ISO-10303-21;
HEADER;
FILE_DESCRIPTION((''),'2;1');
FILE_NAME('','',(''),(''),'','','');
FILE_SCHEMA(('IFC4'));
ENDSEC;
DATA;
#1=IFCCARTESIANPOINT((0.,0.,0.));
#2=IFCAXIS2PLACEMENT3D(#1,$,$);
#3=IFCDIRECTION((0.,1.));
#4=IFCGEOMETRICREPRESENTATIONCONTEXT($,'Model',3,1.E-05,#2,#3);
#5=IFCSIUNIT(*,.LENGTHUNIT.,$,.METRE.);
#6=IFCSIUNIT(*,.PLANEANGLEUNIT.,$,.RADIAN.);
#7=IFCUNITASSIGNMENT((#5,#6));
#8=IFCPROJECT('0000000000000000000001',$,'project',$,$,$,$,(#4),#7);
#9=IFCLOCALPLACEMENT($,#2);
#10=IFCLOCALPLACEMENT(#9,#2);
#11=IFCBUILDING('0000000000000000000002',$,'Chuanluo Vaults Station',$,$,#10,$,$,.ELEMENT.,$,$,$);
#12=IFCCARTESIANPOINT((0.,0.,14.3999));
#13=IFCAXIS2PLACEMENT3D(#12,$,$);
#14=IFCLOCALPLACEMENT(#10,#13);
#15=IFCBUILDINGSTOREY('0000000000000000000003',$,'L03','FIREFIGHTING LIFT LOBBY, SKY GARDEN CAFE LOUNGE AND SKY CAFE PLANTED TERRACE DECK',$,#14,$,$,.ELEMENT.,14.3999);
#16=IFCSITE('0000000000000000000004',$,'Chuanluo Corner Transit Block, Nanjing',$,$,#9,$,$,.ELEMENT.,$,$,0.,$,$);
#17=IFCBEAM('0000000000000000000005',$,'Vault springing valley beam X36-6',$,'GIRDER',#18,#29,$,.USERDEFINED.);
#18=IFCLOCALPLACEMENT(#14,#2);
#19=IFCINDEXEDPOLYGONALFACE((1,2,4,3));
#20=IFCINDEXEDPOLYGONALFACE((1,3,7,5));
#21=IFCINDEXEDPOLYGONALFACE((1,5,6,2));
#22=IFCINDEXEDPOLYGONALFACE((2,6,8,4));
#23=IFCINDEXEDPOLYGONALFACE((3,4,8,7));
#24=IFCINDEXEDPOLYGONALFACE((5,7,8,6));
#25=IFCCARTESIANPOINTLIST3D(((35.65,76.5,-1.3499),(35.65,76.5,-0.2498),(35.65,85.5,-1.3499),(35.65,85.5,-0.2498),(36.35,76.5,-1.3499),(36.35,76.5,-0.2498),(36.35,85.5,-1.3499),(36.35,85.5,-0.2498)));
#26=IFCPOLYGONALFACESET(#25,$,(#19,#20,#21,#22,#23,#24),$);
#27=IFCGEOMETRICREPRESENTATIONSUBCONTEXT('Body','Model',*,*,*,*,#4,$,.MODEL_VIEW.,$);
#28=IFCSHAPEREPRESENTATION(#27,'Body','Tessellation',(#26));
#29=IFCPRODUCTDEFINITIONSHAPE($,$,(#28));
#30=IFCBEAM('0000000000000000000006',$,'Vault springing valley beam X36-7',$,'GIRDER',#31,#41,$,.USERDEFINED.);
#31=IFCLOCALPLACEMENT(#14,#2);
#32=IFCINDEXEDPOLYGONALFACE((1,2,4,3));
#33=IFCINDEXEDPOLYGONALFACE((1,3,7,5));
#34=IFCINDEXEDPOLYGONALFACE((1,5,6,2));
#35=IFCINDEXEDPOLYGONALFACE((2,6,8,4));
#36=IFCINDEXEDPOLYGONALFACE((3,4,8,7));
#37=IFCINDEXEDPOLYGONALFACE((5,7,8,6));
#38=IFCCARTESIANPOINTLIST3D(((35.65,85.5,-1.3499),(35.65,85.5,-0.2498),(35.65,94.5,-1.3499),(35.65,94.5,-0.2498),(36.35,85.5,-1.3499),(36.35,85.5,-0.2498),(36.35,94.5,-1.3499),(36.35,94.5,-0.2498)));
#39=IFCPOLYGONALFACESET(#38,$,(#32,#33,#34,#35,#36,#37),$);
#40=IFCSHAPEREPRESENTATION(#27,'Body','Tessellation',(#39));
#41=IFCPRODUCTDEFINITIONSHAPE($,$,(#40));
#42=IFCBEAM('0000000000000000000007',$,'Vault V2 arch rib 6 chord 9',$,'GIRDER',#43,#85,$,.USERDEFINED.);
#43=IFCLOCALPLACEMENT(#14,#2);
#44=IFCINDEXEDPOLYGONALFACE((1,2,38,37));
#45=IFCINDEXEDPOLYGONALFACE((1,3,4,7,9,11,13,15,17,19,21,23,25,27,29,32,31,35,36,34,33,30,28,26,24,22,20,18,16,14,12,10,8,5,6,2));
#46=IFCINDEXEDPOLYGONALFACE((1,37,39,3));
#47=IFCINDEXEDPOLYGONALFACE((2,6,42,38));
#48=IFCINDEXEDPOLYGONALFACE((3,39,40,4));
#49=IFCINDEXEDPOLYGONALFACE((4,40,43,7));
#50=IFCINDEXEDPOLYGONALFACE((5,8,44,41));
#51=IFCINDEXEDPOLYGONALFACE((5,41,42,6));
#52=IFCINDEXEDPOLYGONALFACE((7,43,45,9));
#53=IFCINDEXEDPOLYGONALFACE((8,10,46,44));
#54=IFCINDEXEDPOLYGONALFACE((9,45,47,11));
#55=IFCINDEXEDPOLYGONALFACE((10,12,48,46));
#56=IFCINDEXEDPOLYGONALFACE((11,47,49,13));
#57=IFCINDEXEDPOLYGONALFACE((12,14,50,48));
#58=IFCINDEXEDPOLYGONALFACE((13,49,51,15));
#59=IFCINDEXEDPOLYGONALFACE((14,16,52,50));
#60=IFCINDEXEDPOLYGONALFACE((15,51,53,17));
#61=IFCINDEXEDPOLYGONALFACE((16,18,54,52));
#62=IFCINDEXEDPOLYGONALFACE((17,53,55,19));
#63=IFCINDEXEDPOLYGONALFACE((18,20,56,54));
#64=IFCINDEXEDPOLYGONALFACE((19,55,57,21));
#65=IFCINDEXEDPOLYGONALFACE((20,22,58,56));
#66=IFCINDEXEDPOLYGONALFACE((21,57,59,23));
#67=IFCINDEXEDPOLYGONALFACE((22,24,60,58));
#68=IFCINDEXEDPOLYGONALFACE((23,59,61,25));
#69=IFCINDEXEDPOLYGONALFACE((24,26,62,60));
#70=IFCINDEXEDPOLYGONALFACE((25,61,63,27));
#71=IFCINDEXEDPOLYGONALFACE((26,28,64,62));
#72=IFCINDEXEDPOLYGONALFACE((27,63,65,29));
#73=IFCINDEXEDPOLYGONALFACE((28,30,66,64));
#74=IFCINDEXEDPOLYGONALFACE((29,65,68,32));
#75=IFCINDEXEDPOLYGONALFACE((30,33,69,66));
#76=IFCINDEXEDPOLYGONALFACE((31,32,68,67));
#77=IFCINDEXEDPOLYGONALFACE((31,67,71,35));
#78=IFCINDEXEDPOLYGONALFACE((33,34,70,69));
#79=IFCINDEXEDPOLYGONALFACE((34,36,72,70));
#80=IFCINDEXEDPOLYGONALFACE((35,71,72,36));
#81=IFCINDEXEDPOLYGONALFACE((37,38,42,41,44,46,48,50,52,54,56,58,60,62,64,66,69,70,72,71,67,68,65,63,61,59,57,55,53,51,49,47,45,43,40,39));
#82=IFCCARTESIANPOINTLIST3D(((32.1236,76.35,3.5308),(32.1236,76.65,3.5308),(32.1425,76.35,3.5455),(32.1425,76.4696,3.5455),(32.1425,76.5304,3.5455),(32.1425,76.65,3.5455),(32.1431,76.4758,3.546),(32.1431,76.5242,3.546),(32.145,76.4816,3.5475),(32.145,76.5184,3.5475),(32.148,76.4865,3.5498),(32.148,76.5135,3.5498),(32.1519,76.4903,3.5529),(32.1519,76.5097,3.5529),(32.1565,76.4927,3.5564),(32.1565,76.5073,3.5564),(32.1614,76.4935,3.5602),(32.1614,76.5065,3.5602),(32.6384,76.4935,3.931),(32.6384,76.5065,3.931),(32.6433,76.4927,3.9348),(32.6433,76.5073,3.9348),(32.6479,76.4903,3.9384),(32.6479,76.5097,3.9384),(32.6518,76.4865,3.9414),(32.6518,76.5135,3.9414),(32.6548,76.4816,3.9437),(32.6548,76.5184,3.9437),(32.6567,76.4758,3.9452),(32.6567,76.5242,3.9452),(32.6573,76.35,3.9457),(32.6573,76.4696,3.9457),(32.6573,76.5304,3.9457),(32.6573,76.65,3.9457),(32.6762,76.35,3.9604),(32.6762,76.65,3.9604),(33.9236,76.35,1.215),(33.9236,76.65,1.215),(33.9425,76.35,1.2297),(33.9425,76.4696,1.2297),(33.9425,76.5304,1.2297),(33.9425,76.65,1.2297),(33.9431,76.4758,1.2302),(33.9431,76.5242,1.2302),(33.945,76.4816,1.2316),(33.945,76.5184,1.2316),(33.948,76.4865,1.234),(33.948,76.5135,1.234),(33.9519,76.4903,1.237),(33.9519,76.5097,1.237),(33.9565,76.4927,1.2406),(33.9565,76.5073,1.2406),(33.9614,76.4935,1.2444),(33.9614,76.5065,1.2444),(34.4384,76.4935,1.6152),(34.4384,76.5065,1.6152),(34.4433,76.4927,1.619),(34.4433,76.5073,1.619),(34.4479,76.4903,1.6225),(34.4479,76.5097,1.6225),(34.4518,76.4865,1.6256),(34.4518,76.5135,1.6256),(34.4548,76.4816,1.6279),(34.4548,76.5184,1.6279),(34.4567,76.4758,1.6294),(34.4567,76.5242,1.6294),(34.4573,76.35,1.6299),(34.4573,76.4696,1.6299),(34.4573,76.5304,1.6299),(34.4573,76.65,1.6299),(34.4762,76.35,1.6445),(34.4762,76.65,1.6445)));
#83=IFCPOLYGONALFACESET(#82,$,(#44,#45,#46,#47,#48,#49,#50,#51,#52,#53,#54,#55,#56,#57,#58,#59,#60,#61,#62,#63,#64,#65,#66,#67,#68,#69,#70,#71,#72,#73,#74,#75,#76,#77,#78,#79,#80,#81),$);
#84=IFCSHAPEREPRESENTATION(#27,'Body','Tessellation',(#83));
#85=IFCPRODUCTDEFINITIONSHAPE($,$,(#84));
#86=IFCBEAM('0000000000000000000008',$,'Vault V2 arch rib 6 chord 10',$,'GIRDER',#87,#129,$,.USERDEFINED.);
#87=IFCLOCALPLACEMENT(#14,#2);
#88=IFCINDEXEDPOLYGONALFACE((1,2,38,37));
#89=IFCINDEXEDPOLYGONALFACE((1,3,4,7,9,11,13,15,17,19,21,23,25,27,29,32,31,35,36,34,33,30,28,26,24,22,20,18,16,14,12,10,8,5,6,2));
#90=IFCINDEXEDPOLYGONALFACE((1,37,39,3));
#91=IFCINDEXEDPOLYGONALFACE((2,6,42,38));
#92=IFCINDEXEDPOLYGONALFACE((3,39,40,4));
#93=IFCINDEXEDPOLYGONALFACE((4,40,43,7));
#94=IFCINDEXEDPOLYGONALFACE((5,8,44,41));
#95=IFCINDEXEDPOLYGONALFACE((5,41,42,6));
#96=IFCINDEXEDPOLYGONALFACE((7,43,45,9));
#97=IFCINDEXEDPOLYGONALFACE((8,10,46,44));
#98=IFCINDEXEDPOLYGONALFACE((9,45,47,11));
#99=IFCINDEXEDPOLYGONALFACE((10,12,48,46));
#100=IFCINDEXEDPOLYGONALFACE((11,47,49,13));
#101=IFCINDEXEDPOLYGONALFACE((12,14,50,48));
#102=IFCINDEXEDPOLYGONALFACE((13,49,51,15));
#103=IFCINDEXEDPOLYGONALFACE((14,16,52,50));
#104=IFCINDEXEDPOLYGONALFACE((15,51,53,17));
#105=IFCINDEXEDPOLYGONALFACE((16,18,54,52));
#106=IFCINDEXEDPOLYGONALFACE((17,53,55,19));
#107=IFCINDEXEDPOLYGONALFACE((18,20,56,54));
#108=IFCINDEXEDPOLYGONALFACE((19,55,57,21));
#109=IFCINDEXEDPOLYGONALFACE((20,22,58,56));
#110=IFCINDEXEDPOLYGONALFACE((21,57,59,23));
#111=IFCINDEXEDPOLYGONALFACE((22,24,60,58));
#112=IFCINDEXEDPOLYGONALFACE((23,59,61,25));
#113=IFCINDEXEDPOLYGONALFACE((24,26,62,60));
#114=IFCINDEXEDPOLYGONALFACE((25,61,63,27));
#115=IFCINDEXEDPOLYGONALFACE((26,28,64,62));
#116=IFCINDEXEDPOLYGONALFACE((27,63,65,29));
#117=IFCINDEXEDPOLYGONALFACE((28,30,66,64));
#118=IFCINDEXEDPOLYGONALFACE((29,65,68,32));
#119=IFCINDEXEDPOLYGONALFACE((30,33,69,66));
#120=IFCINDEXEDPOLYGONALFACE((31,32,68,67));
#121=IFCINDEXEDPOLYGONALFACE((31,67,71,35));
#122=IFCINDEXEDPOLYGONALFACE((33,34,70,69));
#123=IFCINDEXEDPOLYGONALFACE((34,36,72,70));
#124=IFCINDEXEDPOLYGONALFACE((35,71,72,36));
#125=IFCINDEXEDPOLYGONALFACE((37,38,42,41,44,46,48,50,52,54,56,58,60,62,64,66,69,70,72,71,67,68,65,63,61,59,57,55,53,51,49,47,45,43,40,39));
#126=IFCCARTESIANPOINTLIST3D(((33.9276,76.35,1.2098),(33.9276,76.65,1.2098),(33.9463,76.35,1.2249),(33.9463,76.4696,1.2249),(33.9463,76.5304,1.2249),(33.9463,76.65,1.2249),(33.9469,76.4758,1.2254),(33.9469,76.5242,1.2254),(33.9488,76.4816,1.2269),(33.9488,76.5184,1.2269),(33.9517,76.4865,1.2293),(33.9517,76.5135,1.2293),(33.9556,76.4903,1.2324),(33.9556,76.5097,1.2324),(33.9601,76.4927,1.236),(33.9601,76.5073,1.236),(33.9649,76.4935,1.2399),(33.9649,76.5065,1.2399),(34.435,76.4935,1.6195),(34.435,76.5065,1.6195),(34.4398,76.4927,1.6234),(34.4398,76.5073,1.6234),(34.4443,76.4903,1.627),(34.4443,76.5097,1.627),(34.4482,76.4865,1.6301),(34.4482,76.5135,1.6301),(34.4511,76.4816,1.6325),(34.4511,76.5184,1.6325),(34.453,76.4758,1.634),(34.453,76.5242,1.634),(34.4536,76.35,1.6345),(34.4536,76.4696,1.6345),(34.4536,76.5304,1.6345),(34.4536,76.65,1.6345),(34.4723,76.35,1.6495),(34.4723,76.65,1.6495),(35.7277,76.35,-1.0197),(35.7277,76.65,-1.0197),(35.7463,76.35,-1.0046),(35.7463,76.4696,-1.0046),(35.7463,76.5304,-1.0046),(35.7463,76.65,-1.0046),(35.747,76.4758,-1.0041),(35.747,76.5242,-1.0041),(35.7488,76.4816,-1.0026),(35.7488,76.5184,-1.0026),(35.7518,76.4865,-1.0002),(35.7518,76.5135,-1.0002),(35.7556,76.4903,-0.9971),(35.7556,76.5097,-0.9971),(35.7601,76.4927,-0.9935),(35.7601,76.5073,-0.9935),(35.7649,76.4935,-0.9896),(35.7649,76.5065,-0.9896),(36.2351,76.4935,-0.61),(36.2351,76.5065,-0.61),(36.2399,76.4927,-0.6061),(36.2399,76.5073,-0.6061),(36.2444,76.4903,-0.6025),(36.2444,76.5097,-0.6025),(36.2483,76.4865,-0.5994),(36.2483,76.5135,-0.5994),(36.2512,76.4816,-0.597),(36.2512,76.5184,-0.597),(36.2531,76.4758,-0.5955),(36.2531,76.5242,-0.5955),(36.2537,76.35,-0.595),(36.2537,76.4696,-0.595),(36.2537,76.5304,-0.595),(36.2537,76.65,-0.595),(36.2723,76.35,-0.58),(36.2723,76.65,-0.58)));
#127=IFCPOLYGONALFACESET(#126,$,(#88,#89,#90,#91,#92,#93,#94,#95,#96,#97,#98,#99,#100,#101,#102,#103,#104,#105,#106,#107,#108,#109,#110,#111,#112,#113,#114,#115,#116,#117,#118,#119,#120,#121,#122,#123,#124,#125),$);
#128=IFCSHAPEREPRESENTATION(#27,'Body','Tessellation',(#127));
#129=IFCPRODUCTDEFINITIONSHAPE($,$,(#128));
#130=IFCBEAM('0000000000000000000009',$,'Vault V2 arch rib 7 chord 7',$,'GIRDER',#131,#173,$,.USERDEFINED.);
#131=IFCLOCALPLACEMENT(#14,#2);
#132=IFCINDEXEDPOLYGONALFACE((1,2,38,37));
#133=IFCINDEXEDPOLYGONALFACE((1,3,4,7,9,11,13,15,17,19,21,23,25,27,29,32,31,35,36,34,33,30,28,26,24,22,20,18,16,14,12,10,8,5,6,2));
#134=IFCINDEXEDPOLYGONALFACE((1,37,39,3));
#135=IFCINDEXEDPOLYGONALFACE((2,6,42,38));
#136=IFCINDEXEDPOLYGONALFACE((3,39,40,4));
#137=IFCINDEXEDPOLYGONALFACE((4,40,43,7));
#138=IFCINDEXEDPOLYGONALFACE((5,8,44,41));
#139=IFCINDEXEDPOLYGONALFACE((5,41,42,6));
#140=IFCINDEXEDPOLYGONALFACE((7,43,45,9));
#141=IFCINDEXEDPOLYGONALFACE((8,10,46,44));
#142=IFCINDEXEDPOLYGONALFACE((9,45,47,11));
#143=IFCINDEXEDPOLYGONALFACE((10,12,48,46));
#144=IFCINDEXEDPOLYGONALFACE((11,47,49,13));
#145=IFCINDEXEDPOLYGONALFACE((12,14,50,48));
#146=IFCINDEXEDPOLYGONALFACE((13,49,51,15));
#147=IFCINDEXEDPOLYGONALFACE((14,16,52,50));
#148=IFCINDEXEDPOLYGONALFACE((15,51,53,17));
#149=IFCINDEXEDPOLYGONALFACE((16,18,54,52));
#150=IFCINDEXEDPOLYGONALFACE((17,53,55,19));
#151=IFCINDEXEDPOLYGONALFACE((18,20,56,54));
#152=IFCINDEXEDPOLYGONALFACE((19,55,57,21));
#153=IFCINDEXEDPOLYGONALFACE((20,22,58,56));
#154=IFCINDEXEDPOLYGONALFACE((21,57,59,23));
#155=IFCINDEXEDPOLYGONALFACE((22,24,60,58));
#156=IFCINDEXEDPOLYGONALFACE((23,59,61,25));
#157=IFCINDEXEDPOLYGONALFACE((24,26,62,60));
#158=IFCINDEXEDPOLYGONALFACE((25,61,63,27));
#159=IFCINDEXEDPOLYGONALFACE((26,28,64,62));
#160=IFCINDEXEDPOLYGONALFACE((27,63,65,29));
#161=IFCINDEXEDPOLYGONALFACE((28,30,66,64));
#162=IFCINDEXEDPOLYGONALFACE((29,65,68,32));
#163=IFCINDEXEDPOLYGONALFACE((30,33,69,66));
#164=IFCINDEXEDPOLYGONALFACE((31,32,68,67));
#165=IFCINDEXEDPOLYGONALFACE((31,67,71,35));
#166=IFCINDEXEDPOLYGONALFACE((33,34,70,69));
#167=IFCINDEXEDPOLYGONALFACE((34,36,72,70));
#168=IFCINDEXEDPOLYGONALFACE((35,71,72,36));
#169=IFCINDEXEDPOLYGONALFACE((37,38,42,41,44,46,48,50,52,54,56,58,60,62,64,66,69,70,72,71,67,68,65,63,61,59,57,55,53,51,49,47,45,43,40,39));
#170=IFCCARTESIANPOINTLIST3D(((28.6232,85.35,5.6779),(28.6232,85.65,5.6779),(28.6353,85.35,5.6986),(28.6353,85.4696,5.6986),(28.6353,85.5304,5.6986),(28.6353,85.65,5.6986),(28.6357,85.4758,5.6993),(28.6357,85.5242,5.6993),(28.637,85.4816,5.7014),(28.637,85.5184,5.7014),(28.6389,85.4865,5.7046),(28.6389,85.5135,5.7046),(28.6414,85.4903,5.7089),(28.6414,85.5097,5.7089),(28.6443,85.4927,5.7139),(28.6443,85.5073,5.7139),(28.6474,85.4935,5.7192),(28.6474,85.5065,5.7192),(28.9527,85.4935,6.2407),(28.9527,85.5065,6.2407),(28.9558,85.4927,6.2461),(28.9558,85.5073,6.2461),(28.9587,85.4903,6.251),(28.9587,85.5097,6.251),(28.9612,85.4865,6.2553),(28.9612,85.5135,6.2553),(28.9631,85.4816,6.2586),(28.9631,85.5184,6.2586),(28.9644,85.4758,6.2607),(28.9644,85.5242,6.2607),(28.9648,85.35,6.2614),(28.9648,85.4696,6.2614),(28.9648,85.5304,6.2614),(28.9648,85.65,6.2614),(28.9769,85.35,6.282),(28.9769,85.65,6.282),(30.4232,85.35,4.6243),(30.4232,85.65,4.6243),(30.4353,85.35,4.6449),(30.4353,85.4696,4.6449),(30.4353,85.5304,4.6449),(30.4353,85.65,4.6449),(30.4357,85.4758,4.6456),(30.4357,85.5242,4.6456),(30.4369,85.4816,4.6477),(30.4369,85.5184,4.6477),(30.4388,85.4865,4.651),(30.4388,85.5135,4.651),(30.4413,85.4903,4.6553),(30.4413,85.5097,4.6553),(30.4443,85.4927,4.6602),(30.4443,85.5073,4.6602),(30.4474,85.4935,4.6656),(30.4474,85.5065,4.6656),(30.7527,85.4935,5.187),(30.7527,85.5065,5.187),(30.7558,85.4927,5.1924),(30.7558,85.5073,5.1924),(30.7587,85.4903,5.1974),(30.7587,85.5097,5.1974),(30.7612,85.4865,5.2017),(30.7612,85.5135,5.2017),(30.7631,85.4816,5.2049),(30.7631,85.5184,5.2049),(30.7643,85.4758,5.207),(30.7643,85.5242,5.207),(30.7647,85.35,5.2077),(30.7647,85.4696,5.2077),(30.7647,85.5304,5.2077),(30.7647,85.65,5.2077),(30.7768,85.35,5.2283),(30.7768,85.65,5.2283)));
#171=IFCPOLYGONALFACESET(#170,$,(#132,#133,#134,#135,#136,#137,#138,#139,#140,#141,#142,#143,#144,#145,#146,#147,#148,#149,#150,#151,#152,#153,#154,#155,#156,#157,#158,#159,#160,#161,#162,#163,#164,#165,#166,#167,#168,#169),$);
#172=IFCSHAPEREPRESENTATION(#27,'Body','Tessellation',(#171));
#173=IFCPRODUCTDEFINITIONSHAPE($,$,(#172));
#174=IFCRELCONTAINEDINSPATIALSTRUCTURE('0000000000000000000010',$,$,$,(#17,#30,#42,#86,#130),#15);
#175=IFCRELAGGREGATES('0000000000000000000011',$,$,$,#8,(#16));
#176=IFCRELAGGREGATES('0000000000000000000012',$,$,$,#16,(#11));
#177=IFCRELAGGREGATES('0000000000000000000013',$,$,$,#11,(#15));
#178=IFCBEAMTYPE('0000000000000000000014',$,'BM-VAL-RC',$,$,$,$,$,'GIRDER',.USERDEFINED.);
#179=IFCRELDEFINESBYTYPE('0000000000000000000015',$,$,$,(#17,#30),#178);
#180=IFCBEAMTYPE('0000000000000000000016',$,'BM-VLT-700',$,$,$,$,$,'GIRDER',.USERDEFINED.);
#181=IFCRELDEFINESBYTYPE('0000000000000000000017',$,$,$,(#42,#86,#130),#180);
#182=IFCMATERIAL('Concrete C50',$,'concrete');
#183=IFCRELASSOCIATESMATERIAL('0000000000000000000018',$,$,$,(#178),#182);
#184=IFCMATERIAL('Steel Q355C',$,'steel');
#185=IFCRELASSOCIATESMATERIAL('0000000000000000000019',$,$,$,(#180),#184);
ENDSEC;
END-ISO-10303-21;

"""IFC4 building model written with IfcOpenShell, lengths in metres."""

from ifc_helpers import new_model, si_unit, direction, frame, origin, origin_2d, place, context, subcontext, project, spatial, rectangle, i_section, extrude, material, material_profile, profile_set, type_object, element, save


model = new_model("IFC4")

# Units and contexts
model_context = context("Model", 3, precision=1e-05, world=origin(), true_north=direction((0.0, 1.0)))
body_context = subcontext(model_context, "Body", "Model", "MODEL_VIEW")
ifc_project = project(units=[si_unit("LENGTHUNIT", "METRE"), si_unit("PLANEANGLEUNIT", "RADIAN")], contexts=[model_context])

# Site, building, storey
site_placement = place(None, origin())
site = spatial("IfcSite", under=ifc_project, at=site_placement, Name="Chuanluo Corner Transit Block, Nanjing", CompositionType="ELEMENT", RefElevation=0.0)
building_placement = place(site_placement, origin())
building = spatial("IfcBuilding", under=site, at=building_placement, Name="Chuanluo Vaults Station", CompositionType="ELEMENT")
storey_placement = place(building_placement, frame((0.0, 0.0, 14.3999)))
storey = spatial("IfcBuildingStorey", under=building, at=storey_placement, Name="L03", Description="FIREFIGHTING LIFT LOBBY, SKY GARDEN CAFE LOUNGE AND SKY CAFE PLANTED TERRACE DECK", CompositionType="ELEMENT", Elevation=14.3999)

# Beams
ifc_material_1 = material(Name="Concrete C50", Category="concrete")
ifc_material_profile_1 = material_profile(ifc_material_1, rectangle(XDim=0.7, YDim=1.1001, at=origin_2d()))
ifc_profile_set_1 = profile_set([ifc_material_profile_1], Name="Concrete C50")
beam_type_1 = type_object("IfcBeamType", Name="BM-VAL-RC", ElementType="GIRDER", PredefinedType="USERDEFINED", material=ifc_profile_set_1)
for number, where, z_axis, x_axis, name in (
    (1, (36.0, 76.5, -0.7998), (0.0, 1.0, 0.0), (-1.0, 0.0, 0.0), "Vault springing valley beam X36-6"),
    (2, (36.0, 85.5, -0.7998), (0.0, 1.0, 0.0), (-1.0, 0.0, 0.0), "Vault springing valley beam X36-7"),
):
    element("IfcBeam", number, at=place(storey_placement, frame(where, z_axis=z_axis, x_axis=x_axis)), inside=storey, type_object=beam_type_1, Name=name, ObjectType="GIRDER", PredefinedType="USERDEFINED", context=body_context, shape_type="SweptSolid", body=[
        extrude(rectangle(XDim=0.7, YDim=1.1001, at=origin_2d()), origin(), (0.0, 0.0, 1.0), 9.0),
    ])
ifc_material_2 = material(Name="Steel Q355C", Category="steel")
ifc_material_profile_2 = material_profile(ifc_material_2, i_section(OverallWidth=0.3, OverallDepth=0.7, WebThickness=0.0129, FlangeThickness=0.0239, FilletRadius=0.0239, at=origin_2d()))
ifc_profile_set_2 = profile_set([ifc_material_profile_2], Name="Steel Q355C")
beam_type_2 = type_object("IfcBeamType", Name="BM-VLT-700", ElementType="GIRDER", PredefinedType="USERDEFINED", material=ifc_profile_set_2)
beam_1_placement = place(storey_placement, frame((32.3999, 76.5, 3.7456), z_axis=(0.613681, 0.0, -0.789554), x_axis=(0.0, 1.0, 0.0)))
element("IfcBeam", 3, at=beam_1_placement, inside=storey, type_object=beam_type_2, Name="Vault V2 arch rib 6 chord 9", ObjectType="GIRDER", PredefinedType="USERDEFINED", context=body_context, shape_type="SweptSolid", body=[
    extrude(i_section(OverallWidth=0.3, OverallDepth=0.7, WebThickness=0.0129, FlangeThickness=0.0239, FilletRadius=0.0239, at=origin_2d()), origin(), (0.0, 0.0, 1.0), 2.9331),
])
beam_2_placement = place(storey_placement, frame((34.2, 76.5, 1.4297), z_axis=(0.62819, 0.0, -0.77806), x_axis=(0.0, 1.0, 0.0)))
element("IfcBeam", 4, at=beam_2_placement, inside=storey, type_object=beam_type_2, Name="Vault V2 arch rib 6 chord 10", ObjectType="GIRDER", PredefinedType="USERDEFINED", context=body_context, shape_type="SweptSolid", body=[
    extrude(i_section(OverallWidth=0.3, OverallDepth=0.7, WebThickness=0.0129, FlangeThickness=0.0239, FilletRadius=0.0239, at=origin_2d()), origin(), (0.0, 0.0, 1.0), 2.8655),
])
beam_3_placement = place(storey_placement, frame((28.8, 85.5, 5.98), z_axis=(0.863009, 0.0, -0.505188), x_axis=(0.0, 1.0, 0.0)))
element("IfcBeam", 5, at=beam_3_placement, inside=storey, type_object=beam_type_2, Name="Vault V2 arch rib 7 chord 7", ObjectType="GIRDER", PredefinedType="USERDEFINED", context=body_context, shape_type="SweptSolid", body=[
    extrude(i_section(OverallWidth=0.3, OverallDepth=0.7, WebThickness=0.0129, FlangeThickness=0.0239, FilletRadius=0.0239, at=origin_2d()), origin(), (0.0, 0.0, 1.0), 2.0857),
])

save(model, "model.ifc")
